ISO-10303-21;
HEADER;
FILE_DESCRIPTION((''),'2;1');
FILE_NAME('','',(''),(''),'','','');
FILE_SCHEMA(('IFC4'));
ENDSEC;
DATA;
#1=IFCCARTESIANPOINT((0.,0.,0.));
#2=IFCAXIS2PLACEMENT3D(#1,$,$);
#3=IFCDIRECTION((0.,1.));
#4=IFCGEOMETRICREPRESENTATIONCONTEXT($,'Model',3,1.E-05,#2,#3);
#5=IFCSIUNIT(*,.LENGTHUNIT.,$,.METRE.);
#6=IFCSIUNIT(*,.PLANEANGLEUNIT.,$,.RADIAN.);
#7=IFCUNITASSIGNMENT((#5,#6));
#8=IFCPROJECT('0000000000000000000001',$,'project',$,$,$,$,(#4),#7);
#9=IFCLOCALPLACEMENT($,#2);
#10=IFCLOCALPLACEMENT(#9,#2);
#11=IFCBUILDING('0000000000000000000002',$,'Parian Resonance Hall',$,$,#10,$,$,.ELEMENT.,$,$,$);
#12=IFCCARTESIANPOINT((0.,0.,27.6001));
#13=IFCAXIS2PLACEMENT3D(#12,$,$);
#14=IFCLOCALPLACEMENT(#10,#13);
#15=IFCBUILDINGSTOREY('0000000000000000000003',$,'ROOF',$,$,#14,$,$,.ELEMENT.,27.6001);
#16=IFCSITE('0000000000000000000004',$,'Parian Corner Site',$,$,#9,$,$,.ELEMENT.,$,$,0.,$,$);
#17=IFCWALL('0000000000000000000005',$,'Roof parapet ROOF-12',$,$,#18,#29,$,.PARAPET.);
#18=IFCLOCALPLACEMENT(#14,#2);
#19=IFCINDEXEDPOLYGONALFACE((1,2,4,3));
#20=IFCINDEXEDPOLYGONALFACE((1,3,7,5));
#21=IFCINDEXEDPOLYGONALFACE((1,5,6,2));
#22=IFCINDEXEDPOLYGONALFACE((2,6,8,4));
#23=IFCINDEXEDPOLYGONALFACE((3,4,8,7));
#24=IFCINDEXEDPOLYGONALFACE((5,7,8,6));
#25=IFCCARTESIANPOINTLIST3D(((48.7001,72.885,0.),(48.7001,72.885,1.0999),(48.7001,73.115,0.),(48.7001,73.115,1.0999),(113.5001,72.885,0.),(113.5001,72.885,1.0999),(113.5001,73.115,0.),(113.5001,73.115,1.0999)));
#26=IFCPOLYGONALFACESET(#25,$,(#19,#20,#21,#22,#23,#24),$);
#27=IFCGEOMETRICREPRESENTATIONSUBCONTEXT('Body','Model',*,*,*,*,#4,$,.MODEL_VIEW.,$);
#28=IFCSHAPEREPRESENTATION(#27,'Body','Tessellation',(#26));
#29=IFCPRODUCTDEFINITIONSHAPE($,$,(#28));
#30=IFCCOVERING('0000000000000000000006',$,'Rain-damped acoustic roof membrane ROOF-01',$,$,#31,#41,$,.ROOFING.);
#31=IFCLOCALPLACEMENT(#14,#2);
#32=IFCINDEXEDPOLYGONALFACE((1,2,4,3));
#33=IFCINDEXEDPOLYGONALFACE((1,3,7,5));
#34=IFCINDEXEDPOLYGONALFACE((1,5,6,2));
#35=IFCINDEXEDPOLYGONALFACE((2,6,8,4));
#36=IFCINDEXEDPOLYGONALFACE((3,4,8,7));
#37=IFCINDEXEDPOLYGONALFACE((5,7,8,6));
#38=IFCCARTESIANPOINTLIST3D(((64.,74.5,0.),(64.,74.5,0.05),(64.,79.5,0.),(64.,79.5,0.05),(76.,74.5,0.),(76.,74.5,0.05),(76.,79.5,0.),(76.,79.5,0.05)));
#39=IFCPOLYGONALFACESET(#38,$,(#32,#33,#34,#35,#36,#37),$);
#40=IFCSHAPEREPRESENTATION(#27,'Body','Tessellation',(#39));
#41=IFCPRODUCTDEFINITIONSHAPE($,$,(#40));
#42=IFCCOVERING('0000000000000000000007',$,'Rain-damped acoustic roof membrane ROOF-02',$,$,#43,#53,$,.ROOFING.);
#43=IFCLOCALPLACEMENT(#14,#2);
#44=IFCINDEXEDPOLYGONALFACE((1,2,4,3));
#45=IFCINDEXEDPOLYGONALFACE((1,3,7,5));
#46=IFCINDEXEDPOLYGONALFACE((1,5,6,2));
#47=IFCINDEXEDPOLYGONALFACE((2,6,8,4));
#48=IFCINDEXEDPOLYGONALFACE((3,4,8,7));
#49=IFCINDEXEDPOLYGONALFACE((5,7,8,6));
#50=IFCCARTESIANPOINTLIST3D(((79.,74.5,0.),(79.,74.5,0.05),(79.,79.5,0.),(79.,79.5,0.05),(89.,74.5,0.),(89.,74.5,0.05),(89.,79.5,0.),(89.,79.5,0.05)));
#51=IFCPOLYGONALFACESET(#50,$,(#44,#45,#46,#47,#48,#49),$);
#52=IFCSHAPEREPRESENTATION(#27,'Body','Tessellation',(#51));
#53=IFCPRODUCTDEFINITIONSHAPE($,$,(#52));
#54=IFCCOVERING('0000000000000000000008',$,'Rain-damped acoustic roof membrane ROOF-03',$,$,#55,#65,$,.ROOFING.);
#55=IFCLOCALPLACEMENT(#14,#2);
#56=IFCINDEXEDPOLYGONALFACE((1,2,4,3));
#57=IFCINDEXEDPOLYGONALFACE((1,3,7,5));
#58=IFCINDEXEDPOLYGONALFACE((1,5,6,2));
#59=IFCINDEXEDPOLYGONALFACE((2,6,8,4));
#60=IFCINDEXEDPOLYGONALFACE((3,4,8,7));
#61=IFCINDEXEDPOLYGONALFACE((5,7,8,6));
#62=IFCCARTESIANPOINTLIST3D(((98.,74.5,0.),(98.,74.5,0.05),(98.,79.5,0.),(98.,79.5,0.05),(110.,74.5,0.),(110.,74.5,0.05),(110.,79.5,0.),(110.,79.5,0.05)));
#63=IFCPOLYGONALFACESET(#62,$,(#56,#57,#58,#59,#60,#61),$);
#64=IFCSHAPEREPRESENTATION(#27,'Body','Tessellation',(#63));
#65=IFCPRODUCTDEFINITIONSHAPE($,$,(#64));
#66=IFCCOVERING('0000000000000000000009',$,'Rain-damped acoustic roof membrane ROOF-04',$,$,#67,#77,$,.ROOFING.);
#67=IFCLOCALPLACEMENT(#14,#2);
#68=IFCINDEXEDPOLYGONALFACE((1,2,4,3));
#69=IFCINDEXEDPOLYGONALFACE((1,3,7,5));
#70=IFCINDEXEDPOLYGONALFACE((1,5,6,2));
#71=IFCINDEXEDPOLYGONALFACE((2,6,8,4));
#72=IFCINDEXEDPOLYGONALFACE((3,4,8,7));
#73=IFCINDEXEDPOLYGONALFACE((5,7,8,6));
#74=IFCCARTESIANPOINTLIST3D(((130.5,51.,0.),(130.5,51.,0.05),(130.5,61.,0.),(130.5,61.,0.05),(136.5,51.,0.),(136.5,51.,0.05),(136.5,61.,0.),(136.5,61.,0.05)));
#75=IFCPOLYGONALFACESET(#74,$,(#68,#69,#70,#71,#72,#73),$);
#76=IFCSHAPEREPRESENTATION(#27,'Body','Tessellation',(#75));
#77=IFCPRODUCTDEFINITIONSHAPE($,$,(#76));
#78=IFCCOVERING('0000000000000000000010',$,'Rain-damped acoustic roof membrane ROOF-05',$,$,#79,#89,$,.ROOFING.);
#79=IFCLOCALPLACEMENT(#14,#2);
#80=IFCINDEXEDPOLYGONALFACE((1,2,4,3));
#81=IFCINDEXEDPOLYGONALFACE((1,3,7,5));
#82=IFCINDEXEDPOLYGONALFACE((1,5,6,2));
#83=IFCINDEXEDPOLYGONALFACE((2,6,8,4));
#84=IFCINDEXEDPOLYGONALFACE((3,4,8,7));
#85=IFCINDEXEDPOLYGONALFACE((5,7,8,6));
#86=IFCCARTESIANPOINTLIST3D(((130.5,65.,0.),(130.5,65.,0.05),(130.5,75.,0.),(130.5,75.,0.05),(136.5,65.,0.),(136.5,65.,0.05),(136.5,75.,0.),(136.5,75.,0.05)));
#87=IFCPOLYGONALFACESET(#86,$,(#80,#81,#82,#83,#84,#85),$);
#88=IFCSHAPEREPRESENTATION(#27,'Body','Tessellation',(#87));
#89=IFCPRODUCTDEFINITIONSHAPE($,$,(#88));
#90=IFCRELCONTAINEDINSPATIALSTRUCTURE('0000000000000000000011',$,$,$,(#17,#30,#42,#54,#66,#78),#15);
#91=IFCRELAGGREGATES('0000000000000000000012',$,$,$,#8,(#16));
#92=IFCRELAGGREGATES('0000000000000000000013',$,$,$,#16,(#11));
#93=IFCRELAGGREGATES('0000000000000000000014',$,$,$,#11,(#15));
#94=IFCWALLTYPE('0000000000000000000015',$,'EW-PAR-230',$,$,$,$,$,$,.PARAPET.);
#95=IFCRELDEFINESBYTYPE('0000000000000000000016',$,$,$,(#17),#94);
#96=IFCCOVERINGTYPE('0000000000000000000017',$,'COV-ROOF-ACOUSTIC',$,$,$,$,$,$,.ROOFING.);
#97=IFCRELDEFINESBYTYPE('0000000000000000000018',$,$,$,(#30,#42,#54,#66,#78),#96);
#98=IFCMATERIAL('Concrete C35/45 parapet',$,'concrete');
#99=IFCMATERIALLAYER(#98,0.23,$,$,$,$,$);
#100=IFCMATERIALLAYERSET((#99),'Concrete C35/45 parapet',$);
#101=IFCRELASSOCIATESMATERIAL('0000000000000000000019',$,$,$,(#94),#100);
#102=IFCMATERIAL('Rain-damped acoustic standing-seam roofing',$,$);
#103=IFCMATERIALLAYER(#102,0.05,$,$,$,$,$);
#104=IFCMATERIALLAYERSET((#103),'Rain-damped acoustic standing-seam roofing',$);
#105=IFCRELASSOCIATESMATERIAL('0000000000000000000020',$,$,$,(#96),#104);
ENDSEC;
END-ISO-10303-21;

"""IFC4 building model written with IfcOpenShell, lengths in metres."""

from ifc_helpers import new_model, si_unit, direction, frame, frame_2d, origin, origin_2d, place, context, subcontext, project, spatial, rectangle, extrude, material, layer, layer_set, type_object, element, save


model = new_model("IFC4")

# Units and contexts
model_context = context("Model", 3, precision=1e-05, world=origin(), true_north=direction((0.0, 1.0)))
body_context = subcontext(model_context, "Body", "Model", "MODEL_VIEW")
ifc_project = project(units=[si_unit("LENGTHUNIT", "METRE"), si_unit("PLANEANGLEUNIT", "RADIAN")], contexts=[model_context])

# Site, building, storey
site_placement = place(None, origin())
site = spatial("IfcSite", under=ifc_project, at=site_placement, Name="Parian Corner Site", CompositionType="ELEMENT", RefElevation=0.0)
building_placement = place(site_placement, origin())
building = spatial("IfcBuilding", under=site, at=building_placement, Name="Parian Resonance Hall", CompositionType="ELEMENT")
storey_placement = place(building_placement, frame((0.0, 0.0, 27.6001)))
storey = spatial("IfcBuildingStorey", under=building, at=storey_placement, Name="ROOF", CompositionType="ELEMENT", Elevation=27.6001)

# Wall
ifc_material_1 = material(Name="Concrete C35/45 parapet", Category="concrete")
ifc_layer_1 = layer(ifc_material_1, 0.23)
ifc_layer_set_1 = layer_set([ifc_layer_1], Name="Concrete C35/45 parapet")
wall_type_1 = type_object("IfcWallType", Name="EW-PAR-230", PredefinedType="PARAPET", material=ifc_layer_set_1)
wall_1_placement = place(storey_placement, frame((113.5, 73.0, 0.0), z_axis=(0.0, 0.0, 1.0), x_axis=(-1.0, 0.0, 0.0)))
element("IfcWall", 1, at=wall_1_placement, inside=storey, type_object=wall_type_1, Name="Roof parapet ROOF-12", PredefinedType="PARAPET", context=body_context, shape_type="SweptSolid", body=[
    extrude(rectangle(XDim=64.8, YDim=0.23, at=frame_2d((32.3999, 0.0))), origin(), (0.0, 0.0, 1.0), 1.0999),
])

# Coverings
ifc_material_2 = material(Name="Rain-damped acoustic standing-seam roofing")
ifc_layer_2 = layer(ifc_material_2, 0.05)
ifc_layer_set_2 = layer_set([ifc_layer_2], Name="Rain-damped acoustic standing-seam roofing")
covering_type = type_object("IfcCoveringType", Name="COV-ROOF-ACOUSTIC", PredefinedType="ROOFING", material=ifc_layer_set_2)
covering_1_placement = place(storey_placement, frame((70.0, 77.0, 0.0), z_axis=(0.0, 0.0, 1.0), x_axis=(1.0, 0.0, 0.0)))
element("IfcCovering", 2, at=covering_1_placement, inside=storey, type_object=covering_type, Name="Rain-damped acoustic roof membrane ROOF-01", PredefinedType="ROOFING", context=body_context, shape_type="SweptSolid", body=[
    extrude(rectangle(XDim=12.0, YDim=5.0, at=origin_2d()), origin(), (0.0, 0.0, 1.0), 0.05),
])
covering_2_placement = place(storey_placement, frame((84.0, 77.0, 0.0), z_axis=(0.0, 0.0, 1.0), x_axis=(1.0, 0.0, 0.0)))
element("IfcCovering", 3, at=covering_2_placement, inside=storey, type_object=covering_type, Name="Rain-damped acoustic roof membrane ROOF-02", PredefinedType="ROOFING", context=body_context, shape_type="SweptSolid", body=[
    extrude(rectangle(XDim=10.0, YDim=5.0, at=origin_2d()), origin(), (0.0, 0.0, 1.0), 0.05),
])
covering_3_placement = place(storey_placement, frame((104.0, 77.0, 0.0), z_axis=(0.0, 0.0, 1.0), x_axis=(1.0, 0.0, 0.0)))
element("IfcCovering", 4, at=covering_3_placement, inside=storey, type_object=covering_type, Name="Rain-damped acoustic roof membrane ROOF-03", PredefinedType="ROOFING", context=body_context, shape_type="SweptSolid", body=[
    extrude(rectangle(XDim=12.0, YDim=5.0, at=origin_2d()), origin(), (0.0, 0.0, 1.0), 0.05),
])
for number, where, z_axis, x_axis, name in (
    (5, (133.5, 56.0, 0.0), (0.0, 0.0, 1.0), (1.0, 0.0, 0.0), "Rain-damped acoustic roof membrane ROOF-04"),
    (6, (133.5, 70.0, 0.0), (0.0, 0.0, 1.0), (1.0, 0.0, 0.0), "Rain-damped acoustic roof membrane ROOF-05"),
):
    element("IfcCovering", number, at=place(storey_placement, frame(where, z_axis=z_axis, x_axis=x_axis)), inside=storey, type_object=covering_type, Name=name, PredefinedType="ROOFING", context=body_context, shape_type="SweptSolid", body=[
        extrude(rectangle(XDim=6.0, YDim=10.0, at=origin_2d()), origin(), (0.0, 0.0, 1.0), 0.05),
    ])

save(model, "model.ifc")
